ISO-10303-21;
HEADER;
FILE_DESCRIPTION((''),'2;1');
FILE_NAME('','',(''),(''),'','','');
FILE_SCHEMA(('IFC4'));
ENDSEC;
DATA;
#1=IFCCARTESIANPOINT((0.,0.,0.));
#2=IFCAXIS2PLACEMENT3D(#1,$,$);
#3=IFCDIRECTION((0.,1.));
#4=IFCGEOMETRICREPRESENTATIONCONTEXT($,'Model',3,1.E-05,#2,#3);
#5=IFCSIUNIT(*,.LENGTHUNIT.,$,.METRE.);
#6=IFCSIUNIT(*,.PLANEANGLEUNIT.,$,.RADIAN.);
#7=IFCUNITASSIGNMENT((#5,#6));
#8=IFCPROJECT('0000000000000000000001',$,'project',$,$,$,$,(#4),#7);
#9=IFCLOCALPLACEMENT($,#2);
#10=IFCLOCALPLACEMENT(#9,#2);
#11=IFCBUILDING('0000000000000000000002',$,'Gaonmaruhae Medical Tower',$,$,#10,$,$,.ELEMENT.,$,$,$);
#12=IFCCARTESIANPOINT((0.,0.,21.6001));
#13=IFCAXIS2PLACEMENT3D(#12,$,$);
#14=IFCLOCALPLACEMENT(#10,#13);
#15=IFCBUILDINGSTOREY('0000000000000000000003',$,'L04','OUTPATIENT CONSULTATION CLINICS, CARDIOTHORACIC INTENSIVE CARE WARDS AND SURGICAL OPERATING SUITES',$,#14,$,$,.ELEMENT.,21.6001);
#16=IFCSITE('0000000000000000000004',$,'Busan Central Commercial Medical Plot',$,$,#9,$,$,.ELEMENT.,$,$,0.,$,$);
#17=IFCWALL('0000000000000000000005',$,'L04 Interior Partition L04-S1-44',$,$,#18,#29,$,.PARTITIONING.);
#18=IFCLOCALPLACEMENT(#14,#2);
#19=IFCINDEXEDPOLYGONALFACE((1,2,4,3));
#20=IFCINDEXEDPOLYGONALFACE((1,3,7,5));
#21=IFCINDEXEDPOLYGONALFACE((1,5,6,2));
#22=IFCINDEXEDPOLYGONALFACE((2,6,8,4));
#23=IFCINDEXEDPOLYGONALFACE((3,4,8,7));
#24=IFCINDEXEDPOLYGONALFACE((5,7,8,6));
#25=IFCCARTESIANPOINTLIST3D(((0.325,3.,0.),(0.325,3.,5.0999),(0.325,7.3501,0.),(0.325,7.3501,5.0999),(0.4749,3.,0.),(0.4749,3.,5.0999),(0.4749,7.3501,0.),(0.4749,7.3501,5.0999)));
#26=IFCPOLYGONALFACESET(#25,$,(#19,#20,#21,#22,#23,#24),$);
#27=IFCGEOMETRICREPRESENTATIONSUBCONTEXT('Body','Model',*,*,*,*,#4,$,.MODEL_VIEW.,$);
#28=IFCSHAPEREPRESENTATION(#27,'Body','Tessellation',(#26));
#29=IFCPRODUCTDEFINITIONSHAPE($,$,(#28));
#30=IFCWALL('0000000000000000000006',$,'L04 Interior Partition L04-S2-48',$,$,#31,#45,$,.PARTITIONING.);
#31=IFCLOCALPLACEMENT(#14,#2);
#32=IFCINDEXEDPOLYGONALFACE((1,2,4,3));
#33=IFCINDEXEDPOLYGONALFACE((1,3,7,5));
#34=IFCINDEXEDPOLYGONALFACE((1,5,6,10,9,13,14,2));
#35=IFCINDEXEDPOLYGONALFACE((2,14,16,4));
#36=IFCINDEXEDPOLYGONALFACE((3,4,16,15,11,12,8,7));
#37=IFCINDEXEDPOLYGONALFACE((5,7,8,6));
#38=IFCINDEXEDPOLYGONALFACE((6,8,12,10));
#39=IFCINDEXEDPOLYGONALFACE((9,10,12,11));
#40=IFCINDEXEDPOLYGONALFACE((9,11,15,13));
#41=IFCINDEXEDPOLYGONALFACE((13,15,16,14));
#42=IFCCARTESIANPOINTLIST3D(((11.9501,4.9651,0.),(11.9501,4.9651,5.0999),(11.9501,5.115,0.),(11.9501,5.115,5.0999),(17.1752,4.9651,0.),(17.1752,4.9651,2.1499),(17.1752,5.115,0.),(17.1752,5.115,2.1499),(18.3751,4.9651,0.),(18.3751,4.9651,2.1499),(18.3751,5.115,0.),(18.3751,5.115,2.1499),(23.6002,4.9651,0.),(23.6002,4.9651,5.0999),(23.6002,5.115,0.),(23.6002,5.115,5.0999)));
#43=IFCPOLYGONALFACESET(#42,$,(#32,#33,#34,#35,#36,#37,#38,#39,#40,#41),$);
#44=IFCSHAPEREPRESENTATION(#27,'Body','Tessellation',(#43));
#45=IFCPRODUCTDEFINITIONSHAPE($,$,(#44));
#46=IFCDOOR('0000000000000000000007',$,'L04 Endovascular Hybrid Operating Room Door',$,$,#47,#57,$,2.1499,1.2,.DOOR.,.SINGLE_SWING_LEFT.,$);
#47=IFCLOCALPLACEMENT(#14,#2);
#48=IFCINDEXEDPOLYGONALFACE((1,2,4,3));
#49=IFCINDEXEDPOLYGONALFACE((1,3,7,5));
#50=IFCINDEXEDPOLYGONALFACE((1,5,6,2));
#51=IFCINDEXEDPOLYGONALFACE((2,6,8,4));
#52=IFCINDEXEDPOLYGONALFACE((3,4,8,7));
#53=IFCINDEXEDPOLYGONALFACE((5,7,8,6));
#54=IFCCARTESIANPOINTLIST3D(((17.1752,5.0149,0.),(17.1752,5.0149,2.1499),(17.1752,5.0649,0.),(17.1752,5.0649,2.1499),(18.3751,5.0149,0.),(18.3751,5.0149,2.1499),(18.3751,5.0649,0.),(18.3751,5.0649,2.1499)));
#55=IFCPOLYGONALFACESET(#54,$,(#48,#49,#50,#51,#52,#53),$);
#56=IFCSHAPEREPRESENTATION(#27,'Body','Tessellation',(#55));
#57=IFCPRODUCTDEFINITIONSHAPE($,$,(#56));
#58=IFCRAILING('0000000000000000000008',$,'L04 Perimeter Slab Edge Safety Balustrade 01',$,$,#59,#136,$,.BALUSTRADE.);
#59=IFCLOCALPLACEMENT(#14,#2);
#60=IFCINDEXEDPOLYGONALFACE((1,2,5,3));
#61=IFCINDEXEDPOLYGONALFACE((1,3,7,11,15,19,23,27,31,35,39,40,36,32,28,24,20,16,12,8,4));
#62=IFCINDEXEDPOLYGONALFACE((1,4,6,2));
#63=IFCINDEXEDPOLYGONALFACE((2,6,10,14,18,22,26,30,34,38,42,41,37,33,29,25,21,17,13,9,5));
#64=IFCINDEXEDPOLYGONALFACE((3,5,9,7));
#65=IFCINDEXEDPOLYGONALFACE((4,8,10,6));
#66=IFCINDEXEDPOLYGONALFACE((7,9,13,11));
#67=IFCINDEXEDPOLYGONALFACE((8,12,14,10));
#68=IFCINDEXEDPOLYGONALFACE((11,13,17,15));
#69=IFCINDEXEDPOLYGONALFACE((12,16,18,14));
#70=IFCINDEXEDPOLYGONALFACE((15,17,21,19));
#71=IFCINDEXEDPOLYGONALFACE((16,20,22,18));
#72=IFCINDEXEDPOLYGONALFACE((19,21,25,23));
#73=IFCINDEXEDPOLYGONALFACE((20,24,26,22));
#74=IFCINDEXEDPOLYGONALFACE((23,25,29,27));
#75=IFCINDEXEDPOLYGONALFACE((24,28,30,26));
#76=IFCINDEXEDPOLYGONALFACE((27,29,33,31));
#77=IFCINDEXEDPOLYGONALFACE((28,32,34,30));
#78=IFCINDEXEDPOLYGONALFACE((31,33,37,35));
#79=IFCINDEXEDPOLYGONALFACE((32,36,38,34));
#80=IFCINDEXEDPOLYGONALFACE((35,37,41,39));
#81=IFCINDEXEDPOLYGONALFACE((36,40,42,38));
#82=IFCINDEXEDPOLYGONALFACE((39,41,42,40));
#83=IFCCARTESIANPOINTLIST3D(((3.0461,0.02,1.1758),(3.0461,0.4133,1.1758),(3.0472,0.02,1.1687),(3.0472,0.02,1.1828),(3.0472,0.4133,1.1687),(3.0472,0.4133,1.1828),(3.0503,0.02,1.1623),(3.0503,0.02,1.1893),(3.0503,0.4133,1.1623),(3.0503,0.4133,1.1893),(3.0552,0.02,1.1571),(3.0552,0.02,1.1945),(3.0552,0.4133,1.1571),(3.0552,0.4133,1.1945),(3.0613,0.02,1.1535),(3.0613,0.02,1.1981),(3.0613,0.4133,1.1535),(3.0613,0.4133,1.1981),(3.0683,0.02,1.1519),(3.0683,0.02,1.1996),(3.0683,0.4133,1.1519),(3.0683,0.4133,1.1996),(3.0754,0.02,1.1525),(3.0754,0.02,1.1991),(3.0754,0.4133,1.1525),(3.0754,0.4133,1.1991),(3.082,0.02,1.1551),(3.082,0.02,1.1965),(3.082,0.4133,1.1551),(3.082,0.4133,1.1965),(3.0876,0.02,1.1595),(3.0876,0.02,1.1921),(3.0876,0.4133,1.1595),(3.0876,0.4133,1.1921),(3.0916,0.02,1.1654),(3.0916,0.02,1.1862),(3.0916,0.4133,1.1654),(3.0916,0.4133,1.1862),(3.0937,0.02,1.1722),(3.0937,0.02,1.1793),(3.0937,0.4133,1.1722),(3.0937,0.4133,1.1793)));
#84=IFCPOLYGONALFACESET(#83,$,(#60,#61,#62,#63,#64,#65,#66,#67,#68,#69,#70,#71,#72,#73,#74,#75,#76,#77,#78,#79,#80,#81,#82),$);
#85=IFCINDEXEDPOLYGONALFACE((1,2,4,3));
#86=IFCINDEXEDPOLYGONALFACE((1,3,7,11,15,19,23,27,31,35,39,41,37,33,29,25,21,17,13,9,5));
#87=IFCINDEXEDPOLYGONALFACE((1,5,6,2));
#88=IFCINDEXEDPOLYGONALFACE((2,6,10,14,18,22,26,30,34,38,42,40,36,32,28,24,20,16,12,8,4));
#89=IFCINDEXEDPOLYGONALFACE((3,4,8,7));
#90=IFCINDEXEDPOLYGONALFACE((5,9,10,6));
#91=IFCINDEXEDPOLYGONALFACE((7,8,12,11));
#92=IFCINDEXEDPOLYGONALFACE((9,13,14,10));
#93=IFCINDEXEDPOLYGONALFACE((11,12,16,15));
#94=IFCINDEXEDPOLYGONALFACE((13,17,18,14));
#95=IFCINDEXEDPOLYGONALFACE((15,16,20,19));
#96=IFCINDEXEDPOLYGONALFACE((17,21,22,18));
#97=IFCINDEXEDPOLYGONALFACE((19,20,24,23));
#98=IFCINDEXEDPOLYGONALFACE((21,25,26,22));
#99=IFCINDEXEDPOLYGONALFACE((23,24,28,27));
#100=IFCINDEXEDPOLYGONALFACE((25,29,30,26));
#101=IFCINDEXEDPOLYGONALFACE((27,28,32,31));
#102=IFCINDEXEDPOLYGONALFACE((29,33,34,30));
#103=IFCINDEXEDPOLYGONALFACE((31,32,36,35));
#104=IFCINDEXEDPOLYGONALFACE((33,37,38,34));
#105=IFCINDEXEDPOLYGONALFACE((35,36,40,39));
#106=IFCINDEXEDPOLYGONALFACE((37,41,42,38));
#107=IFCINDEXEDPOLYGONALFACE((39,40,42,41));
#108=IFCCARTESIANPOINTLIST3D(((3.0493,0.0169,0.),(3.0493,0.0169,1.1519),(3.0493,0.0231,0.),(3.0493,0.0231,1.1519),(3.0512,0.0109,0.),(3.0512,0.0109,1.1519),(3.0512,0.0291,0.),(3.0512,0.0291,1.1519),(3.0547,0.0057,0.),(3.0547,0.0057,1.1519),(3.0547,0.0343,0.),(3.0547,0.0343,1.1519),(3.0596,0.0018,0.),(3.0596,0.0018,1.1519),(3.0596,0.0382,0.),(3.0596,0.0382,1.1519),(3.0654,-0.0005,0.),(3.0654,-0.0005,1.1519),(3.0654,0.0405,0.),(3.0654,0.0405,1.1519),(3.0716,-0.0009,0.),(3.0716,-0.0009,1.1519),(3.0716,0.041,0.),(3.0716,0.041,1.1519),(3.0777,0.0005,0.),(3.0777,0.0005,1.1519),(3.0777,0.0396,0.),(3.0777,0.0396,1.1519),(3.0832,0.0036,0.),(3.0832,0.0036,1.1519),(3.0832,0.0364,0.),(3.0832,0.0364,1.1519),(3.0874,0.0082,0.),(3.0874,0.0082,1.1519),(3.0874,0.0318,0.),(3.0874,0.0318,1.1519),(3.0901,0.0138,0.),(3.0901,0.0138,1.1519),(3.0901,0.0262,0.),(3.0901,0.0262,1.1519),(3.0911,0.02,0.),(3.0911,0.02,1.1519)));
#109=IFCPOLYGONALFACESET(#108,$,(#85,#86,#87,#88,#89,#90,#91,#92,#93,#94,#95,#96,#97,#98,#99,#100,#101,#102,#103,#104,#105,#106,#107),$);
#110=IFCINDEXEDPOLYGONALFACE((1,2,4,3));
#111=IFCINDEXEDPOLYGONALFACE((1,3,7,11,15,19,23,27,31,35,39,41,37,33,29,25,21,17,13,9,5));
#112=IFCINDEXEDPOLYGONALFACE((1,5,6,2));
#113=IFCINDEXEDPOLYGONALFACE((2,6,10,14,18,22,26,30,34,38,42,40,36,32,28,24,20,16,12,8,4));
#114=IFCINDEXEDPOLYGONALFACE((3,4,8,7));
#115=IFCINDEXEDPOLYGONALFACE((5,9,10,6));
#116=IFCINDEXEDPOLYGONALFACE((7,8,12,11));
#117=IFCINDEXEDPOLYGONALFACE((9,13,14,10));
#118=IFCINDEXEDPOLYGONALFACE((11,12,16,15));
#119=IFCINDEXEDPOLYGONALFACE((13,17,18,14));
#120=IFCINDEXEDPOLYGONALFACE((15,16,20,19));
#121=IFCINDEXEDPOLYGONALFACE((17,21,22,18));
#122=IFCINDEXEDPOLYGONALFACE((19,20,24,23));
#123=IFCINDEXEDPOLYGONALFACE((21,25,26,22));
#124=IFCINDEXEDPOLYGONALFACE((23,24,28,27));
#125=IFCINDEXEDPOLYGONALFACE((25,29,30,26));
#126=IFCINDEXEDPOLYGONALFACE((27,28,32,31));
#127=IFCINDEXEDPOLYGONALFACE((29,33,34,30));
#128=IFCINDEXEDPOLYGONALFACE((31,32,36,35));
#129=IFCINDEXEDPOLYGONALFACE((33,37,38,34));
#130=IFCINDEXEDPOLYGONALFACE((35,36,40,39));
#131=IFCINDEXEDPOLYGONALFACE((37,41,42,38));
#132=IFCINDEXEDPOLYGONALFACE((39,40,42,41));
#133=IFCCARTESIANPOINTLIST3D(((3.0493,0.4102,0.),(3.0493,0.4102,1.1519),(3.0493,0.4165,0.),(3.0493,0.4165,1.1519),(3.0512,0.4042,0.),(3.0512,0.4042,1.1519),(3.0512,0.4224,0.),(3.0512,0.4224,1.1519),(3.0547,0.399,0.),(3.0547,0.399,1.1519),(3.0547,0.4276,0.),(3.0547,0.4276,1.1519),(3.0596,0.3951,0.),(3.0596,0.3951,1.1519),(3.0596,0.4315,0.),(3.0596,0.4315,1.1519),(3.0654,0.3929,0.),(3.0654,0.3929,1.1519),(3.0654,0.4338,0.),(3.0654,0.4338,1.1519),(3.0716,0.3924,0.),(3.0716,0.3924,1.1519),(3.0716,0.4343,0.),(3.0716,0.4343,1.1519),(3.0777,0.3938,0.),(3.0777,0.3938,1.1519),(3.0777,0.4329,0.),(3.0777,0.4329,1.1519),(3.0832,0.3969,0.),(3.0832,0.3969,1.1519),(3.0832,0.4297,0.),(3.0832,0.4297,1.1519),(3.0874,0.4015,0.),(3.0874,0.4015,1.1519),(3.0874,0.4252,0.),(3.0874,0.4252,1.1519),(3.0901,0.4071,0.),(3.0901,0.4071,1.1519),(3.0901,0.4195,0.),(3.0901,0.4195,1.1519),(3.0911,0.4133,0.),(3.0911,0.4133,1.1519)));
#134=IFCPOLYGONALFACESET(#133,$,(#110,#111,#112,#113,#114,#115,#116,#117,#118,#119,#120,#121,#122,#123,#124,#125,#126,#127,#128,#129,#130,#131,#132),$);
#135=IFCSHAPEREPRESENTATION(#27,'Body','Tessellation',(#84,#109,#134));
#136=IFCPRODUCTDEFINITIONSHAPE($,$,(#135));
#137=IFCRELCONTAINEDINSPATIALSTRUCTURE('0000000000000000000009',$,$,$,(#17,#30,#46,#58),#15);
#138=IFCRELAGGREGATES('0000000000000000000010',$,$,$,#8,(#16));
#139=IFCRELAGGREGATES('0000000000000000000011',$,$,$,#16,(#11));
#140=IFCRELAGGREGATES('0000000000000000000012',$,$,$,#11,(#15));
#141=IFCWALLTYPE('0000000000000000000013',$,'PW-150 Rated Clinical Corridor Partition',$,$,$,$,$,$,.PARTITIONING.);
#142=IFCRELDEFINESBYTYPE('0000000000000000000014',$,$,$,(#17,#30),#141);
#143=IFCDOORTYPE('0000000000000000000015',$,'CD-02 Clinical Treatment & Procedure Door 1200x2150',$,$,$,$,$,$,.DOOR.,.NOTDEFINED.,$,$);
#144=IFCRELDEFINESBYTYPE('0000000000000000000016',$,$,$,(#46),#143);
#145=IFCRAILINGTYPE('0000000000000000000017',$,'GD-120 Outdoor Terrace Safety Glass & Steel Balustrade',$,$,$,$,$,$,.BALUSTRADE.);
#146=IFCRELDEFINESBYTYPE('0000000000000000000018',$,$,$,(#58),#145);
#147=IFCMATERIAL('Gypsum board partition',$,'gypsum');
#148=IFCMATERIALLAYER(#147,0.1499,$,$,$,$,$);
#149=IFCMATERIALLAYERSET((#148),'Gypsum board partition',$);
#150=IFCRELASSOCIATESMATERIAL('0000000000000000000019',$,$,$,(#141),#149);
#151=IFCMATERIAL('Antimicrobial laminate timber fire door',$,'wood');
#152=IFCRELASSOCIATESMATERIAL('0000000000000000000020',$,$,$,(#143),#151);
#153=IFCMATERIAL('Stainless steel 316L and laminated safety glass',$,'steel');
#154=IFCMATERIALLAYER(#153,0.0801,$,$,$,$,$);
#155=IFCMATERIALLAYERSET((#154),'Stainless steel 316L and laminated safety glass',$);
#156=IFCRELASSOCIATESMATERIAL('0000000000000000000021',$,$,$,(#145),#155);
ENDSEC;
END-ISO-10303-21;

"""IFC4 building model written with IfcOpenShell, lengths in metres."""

from ifc_helpers import new_model, si_unit, direction, frame, frame_2d, origin, origin_2d, place, context, subcontext, project, spatial, rectangle, circle, extrude, material, layer, layer_set, type_object, element, fill, save


model = new_model("IFC4")

# Units and contexts
model_context = context("Model", 3, precision=1e-05, world=origin(), true_north=direction((0.0, 1.0)))
body_context = subcontext(model_context, "Body", "Model", "MODEL_VIEW")
ifc_project = project(units=[si_unit("LENGTHUNIT", "METRE"), si_unit("PLANEANGLEUNIT", "RADIAN")], contexts=[model_context])

# Site, building, storey
site_placement = place(None, origin())
site = spatial("IfcSite", under=ifc_project, at=site_placement, Name="Busan Central Commercial Medical Plot", CompositionType="ELEMENT", RefElevation=0.0)
building_placement = place(site_placement, origin())
building = spatial("IfcBuilding", under=site, at=building_placement, Name="Gaonmaruhae Medical Tower", CompositionType="ELEMENT")
storey_placement = place(building_placement, frame((0.0, 0.0, 21.6001)))
storey = spatial("IfcBuildingStorey", under=building, at=storey_placement, Name="L04", Description="OUTPATIENT CONSULTATION CLINICS, CARDIOTHORACIC INTENSIVE CARE WARDS AND SURGICAL OPERATING SUITES", CompositionType="ELEMENT", Elevation=21.6001)

# Shared definitions
ifc_material_1 = material(Name="Gypsum board partition", Category="gypsum")
ifc_layer_1 = layer(ifc_material_1, 0.1499)
ifc_layer_set_1 = layer_set([ifc_layer_1], Name="Gypsum board partition")
wall_type_1 = type_object("IfcWallType", Name="PW-150 Rated Clinical Corridor Partition", PredefinedType="PARTITIONING", material=ifc_layer_set_1)
ifc_material_2 = material(Name="Antimicrobial laminate timber fire door", Category="wood")
door_type = type_object("IfcDoorType", Name="CD-02 Clinical Treatment & Procedure Door 1200x2150", OperationType="NOTDEFINED", PredefinedType="DOOR", material=ifc_material_2)

# Wall
wall_1_placement = place(storey_placement, frame((0.3999, 3.0, 0.0), z_axis=(0.0, 0.0, 1.0), x_axis=(0.0, 1.0, 0.0)))
element("IfcWall", 1, at=wall_1_placement, inside=storey, type_object=wall_type_1, Name="L04 Interior Partition L04-S1-44", PredefinedType="PARTITIONING", context=body_context, shape_type="SweptSolid", body=[
    extrude(rectangle(XDim=4.3501, YDim=0.1499, at=frame_2d((2.175, 0.0))), origin(), (0.0, 0.0, 1.0), 5.0999),
])

# Wall, opening, door
wall_2_placement = place(storey_placement, frame((11.95, 5.04, 0.0), z_axis=(0.0, 0.0, 1.0), x_axis=(1.0, 0.0, 0.0)))
wall_2 = element("IfcWall", 2, at=wall_2_placement, inside=storey, type_object=wall_type_1, Name="L04 Interior Partition L04-S2-48", PredefinedType="PARTITIONING", context=body_context, shape_type="SweptSolid", body=[
    extrude(rectangle(XDim=11.6501, YDim=0.1499, at=frame_2d((5.8252, 0.0))), origin(), (0.0, 0.0, 1.0), 5.0999),
])
opening_1_placement = place(wall_2_placement, frame((5.2251, 0.0, 0.0)))
opening_1 = element("IfcOpeningElement", 3, at=opening_1_placement, cuts=wall_2, PredefinedType="OPENING", context=body_context, shape_type="SweptSolid", body=[
    extrude(rectangle(XDim=1.2, YDim=2.1499, at=frame_2d((0.6001, 1.075))), frame((0.0, 0.085, 0.0), z_axis=(0.0, -1.0, 0.0), x_axis=(1.0, 0.0, 0.0)), (0.0, 0.0, 1.0), 0.1699),
])
door_1_placement = place(opening_1_placement, origin())
door_1 = element("IfcDoor", 4, at=door_1_placement, inside=storey, type_object=door_type, Name="L04 Endovascular Hybrid Operating Room Door", OperationType="SINGLE_SWING_LEFT", OverallHeight=2.1499, OverallWidth=1.2, PredefinedType="DOOR", context=body_context, shape_type="SweptSolid", body=[
    extrude(rectangle(XDim=1.2, YDim=2.1499, at=frame_2d((0.6001, 1.075))), frame((0.0, 0.0249, 0.0), z_axis=(0.0, -1.0, 0.0), x_axis=(1.0, 0.0, 0.0)), (0.0, 0.0, 1.0), 0.05),
])
fill(opening_1, door_1)

# Railing
ifc_material_3 = material(Name="Stainless steel 316L and laminated safety glass", Category="steel")
ifc_layer_2 = layer(ifc_material_3, 0.0801)
ifc_layer_set_2 = layer_set([ifc_layer_2], Name="Stainless steel 316L and laminated safety glass")
railing_type = type_object("IfcRailingType", Name="GD-120 Outdoor Terrace Safety Glass & Steel Balustrade", PredefinedType="BALUSTRADE", material=ifc_layer_set_2)
railing_1_placement = place(storey_placement, frame((3.0701, 0.02, 0.0)))
element("IfcRailing", 5, at=railing_1_placement, inside=storey, type_object=railing_type, Name="L04 Perimeter Slab Edge Safety Balustrade 01", PredefinedType="BALUSTRADE", context=body_context, shape_type="SweptSolid", body=[
    extrude(circle(Radius=0.0239, at=origin_2d()), frame((0.0, 0.0, 1.1758), z_axis=(0.0, 1.0, 0.0), x_axis=(-1.0, 0.0, 0.0)), (0.0, 0.0, 1.0), 0.3933),
    extrude(circle(Radius=0.021, at=origin_2d()), origin(), (0.0, 0.0, 1.0), 1.1519),
    extrude(circle(Radius=0.021, at=origin_2d()), frame((0.0, 0.3933, 0.0)), (0.0, 0.0, 1.0), 1.1519),
])

save(model, "model.ifc")
